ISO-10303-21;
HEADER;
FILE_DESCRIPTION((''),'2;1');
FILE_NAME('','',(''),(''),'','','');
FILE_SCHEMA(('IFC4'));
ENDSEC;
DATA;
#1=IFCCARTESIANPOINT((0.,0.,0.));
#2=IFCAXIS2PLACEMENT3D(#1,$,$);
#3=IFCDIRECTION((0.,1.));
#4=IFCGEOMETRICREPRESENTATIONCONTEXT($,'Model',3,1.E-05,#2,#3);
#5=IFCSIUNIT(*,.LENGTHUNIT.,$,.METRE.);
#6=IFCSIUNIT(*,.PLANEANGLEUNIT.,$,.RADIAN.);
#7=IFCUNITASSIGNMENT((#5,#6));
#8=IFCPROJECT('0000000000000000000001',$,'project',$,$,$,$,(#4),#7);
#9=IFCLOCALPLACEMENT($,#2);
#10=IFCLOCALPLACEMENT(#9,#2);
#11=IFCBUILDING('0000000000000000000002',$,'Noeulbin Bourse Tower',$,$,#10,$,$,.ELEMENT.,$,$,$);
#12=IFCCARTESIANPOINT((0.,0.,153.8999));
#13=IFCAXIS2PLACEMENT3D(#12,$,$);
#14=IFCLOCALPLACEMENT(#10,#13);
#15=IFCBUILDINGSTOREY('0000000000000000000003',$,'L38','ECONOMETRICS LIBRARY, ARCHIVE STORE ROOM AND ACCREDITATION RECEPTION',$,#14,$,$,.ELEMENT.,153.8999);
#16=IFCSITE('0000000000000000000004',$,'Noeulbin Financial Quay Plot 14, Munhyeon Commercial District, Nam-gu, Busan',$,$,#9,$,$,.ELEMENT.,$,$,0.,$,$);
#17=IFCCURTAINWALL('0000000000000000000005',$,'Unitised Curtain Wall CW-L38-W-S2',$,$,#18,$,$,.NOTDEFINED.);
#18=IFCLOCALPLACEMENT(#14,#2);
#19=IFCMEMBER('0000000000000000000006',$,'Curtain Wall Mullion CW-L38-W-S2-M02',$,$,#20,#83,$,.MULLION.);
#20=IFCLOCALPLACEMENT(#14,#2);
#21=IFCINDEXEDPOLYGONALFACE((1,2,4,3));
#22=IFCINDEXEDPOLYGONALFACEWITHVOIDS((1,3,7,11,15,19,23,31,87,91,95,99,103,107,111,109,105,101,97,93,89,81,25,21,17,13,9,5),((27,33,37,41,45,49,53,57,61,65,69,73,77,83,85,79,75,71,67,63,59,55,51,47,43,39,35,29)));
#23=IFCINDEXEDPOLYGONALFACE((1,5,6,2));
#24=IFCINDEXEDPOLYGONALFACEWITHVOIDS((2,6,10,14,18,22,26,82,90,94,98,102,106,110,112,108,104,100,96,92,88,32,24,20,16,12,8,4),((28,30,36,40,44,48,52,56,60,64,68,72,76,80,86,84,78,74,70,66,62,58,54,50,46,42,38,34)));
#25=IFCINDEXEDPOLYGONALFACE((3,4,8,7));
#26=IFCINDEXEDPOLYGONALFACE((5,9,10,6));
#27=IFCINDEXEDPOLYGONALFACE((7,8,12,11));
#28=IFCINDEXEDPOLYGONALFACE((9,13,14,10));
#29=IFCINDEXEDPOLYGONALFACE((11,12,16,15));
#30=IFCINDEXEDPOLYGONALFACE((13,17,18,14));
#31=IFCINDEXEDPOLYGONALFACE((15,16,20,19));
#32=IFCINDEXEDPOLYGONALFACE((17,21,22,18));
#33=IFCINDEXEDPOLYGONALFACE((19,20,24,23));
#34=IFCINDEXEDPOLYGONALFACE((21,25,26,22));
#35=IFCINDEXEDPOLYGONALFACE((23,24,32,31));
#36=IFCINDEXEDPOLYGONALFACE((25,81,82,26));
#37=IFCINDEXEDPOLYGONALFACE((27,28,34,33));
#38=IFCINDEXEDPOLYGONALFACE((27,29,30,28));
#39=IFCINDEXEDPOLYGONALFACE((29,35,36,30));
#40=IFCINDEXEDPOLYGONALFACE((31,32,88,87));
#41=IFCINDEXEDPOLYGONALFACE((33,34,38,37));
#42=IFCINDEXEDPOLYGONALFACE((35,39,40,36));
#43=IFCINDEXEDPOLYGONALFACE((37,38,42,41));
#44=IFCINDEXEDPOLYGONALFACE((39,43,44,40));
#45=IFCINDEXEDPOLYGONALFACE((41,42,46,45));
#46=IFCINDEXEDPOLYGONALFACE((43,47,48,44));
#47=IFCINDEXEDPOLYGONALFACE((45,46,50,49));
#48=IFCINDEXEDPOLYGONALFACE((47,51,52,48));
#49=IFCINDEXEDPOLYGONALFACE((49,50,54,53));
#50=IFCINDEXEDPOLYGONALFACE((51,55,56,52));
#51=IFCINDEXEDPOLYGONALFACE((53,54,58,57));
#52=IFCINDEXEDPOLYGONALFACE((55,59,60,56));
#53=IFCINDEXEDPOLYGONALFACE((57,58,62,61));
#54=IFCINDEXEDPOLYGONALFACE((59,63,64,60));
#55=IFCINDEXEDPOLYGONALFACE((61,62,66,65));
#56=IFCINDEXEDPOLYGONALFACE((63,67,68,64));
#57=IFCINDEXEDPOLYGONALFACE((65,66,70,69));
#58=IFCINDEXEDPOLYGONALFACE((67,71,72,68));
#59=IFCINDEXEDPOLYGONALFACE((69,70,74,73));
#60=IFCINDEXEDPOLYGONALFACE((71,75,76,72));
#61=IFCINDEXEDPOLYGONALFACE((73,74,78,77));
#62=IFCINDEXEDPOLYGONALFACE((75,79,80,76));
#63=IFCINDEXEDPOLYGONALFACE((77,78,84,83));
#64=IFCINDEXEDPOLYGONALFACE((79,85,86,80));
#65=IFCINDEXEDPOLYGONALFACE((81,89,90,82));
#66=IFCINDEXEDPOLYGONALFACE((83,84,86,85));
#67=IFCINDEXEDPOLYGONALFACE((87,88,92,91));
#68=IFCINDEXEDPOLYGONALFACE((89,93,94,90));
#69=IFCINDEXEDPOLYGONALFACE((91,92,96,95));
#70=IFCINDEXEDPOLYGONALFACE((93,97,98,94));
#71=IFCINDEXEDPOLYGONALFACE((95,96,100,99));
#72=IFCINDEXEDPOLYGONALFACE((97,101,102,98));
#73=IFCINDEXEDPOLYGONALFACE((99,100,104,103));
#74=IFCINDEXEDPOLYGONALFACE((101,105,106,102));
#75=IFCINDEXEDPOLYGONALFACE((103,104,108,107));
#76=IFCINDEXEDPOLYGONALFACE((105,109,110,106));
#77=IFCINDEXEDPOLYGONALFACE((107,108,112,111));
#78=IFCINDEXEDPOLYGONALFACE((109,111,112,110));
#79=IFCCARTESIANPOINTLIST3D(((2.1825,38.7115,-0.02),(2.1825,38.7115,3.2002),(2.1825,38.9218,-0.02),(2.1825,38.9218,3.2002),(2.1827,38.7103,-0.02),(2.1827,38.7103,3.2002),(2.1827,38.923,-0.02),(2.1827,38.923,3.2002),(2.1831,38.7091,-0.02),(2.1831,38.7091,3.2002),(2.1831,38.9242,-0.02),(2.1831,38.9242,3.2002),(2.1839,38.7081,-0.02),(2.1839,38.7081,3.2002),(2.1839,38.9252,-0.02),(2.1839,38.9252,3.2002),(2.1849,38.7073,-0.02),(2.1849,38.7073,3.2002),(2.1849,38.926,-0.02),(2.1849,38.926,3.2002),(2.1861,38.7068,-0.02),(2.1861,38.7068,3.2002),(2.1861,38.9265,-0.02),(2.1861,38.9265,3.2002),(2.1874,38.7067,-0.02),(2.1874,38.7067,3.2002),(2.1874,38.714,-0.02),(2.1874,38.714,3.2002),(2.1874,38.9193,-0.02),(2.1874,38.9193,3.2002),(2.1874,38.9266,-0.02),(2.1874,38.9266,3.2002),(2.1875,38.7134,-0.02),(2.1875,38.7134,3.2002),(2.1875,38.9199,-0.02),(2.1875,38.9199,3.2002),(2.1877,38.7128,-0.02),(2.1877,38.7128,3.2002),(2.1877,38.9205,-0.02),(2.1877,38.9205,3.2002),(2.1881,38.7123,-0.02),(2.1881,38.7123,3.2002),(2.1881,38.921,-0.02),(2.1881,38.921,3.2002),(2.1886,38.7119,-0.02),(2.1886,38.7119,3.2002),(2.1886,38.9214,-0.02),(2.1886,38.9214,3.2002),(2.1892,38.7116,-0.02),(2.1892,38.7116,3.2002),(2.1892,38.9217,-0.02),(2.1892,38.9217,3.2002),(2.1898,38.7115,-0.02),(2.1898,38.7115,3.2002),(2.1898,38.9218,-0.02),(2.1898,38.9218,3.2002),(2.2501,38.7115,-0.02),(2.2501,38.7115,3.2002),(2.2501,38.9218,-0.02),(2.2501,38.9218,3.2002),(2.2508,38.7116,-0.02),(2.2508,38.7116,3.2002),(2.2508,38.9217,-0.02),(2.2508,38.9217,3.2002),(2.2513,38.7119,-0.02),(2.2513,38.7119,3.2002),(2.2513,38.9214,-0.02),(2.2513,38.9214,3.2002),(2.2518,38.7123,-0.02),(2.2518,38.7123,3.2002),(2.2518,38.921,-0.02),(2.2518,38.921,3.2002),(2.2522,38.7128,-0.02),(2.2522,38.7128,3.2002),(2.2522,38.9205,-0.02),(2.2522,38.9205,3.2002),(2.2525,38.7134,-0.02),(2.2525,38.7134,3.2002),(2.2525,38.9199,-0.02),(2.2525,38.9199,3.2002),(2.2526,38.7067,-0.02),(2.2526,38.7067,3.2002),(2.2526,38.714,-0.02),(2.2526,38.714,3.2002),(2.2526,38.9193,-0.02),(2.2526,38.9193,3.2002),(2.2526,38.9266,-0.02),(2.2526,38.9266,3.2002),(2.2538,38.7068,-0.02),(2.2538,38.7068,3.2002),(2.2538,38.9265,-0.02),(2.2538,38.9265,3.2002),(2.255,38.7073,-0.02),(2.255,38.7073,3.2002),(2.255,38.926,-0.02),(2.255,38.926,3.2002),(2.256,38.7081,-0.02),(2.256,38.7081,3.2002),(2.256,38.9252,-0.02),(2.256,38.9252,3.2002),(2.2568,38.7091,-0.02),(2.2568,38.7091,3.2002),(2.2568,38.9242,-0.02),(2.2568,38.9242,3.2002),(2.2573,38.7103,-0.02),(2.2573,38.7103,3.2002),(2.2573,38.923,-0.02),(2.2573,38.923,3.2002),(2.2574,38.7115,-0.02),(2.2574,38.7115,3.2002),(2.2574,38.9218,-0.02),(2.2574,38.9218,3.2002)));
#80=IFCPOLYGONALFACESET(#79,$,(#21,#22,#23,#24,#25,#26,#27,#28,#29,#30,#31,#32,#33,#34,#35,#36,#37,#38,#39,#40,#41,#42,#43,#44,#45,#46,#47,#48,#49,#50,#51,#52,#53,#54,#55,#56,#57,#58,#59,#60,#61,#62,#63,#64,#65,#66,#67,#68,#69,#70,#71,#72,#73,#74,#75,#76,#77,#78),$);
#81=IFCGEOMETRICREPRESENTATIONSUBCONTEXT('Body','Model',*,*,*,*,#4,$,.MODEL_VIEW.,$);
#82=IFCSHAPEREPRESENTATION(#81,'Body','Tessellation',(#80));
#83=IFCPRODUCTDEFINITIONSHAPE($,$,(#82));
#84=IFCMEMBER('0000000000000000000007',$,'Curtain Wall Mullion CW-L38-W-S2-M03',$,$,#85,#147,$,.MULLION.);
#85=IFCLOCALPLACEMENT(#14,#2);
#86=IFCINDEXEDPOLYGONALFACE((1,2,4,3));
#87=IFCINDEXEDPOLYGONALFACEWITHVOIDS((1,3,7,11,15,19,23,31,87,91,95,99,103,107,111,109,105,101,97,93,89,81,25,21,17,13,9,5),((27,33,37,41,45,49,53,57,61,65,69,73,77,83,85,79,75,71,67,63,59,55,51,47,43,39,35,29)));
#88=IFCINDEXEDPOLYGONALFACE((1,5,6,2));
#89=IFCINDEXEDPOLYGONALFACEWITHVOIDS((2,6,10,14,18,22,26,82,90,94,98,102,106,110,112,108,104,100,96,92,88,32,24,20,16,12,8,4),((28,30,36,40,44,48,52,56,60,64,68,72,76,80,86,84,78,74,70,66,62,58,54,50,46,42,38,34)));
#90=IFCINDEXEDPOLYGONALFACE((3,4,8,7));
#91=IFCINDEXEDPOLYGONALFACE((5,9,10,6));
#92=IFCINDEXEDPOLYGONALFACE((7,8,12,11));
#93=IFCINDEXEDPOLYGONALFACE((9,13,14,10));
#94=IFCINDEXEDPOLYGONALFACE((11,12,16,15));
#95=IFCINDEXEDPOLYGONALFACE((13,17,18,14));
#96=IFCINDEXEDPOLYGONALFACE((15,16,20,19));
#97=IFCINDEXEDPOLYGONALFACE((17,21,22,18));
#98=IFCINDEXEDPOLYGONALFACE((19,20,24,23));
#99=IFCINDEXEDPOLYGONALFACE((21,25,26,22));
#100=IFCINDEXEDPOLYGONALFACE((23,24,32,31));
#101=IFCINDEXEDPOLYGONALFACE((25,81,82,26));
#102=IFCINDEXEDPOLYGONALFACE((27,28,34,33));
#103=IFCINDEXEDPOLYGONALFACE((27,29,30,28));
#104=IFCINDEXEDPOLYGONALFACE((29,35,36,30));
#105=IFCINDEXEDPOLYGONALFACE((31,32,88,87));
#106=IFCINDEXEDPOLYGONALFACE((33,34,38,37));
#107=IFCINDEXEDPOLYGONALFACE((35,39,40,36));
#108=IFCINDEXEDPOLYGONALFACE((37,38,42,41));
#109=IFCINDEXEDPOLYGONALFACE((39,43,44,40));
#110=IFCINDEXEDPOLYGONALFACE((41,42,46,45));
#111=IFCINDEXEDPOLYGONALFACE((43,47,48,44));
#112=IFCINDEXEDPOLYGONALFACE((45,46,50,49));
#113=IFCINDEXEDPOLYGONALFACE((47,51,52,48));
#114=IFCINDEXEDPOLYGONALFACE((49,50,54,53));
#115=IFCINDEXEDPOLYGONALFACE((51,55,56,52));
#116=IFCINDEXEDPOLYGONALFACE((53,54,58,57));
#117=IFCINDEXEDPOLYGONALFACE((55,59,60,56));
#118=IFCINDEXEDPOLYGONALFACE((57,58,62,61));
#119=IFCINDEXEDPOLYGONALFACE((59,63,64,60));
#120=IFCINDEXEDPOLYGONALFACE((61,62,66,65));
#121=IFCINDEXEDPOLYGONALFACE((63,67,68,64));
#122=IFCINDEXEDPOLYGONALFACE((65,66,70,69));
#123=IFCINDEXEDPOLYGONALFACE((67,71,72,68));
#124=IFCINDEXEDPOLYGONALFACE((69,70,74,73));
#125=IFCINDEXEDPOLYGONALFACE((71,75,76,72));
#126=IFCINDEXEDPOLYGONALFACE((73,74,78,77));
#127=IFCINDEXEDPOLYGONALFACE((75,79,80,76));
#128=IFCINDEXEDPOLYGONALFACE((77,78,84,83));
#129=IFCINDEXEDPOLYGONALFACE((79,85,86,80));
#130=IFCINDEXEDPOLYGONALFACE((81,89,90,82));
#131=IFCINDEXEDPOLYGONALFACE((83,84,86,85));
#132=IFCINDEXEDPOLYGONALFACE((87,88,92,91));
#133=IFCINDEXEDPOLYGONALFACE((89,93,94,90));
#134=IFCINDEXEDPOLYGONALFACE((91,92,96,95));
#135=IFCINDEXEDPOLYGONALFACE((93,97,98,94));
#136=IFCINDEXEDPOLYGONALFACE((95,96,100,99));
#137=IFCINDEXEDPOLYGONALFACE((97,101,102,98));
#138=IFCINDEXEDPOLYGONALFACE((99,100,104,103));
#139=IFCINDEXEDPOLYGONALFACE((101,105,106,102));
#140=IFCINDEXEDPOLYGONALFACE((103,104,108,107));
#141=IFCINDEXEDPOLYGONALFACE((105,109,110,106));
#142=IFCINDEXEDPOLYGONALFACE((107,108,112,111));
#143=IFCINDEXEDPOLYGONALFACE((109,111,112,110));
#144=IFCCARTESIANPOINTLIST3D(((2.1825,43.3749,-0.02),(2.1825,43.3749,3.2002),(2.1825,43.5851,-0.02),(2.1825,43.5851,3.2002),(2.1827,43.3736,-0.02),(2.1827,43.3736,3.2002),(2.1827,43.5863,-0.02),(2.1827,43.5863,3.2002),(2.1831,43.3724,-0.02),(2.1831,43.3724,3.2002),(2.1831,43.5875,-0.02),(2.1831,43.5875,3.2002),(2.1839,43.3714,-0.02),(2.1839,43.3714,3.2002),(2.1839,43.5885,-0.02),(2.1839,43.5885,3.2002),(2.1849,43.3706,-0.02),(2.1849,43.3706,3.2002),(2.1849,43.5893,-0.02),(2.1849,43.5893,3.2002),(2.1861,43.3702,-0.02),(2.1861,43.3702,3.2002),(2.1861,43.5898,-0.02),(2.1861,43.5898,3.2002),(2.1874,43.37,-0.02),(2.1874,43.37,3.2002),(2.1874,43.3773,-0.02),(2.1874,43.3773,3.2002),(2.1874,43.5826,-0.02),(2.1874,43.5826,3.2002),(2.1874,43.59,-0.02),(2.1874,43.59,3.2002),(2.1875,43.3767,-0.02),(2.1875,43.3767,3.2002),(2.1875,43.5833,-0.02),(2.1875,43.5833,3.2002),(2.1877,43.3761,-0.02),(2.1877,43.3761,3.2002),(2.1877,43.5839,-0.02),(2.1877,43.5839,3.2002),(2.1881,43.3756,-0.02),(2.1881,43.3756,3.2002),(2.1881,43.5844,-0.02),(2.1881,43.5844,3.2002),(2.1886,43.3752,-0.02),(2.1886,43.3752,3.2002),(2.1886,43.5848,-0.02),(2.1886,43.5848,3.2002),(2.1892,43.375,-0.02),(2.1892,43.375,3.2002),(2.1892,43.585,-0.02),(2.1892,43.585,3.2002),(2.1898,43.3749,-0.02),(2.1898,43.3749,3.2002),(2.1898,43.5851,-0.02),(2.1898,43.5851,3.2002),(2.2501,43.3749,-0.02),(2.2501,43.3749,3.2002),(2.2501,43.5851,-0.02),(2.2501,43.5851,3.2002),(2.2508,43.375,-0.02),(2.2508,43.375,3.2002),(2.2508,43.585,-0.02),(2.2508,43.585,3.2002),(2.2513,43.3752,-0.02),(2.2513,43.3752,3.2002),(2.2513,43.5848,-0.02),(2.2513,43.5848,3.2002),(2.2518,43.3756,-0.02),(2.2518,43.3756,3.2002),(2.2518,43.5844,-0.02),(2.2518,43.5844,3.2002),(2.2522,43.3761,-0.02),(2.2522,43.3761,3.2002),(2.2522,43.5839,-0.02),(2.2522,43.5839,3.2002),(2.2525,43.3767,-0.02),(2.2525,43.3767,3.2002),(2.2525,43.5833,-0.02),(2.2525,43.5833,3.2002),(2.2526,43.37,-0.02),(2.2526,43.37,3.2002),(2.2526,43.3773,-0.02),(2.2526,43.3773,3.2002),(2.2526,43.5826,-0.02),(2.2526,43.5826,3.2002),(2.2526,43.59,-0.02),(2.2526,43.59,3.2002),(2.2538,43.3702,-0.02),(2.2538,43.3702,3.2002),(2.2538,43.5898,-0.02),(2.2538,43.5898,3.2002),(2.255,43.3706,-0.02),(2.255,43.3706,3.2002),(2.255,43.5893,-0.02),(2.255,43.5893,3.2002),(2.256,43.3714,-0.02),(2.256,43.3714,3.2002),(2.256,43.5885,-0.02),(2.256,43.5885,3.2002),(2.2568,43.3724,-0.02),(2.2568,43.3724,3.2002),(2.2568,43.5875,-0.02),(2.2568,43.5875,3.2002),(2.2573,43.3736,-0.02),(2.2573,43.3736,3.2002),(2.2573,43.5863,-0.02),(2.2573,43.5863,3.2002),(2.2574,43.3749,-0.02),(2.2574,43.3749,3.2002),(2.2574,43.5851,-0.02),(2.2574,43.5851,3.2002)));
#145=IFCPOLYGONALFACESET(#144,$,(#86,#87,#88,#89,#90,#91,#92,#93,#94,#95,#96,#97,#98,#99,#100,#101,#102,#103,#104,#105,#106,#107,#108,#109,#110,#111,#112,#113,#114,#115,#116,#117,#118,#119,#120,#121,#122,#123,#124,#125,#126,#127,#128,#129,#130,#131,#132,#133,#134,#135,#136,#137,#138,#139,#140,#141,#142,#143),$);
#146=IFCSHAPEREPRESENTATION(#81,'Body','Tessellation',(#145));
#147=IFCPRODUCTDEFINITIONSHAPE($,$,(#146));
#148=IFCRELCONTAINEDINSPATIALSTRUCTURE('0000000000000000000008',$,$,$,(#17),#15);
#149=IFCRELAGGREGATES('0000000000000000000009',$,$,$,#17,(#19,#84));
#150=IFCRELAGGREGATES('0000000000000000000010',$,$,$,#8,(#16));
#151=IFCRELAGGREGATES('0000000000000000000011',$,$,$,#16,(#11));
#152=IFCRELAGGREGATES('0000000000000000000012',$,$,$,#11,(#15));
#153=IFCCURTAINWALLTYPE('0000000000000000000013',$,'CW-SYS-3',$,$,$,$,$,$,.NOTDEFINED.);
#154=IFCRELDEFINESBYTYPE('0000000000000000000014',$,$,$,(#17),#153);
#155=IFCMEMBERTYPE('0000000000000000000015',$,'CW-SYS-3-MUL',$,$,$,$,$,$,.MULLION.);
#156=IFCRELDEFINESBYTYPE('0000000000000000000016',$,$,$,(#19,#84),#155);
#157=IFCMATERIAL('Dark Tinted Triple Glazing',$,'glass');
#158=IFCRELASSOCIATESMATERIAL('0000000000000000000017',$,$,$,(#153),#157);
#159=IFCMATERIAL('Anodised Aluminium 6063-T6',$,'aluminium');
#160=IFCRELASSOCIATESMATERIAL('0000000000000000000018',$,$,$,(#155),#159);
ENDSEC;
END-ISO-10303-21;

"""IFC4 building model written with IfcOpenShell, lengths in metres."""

from ifc_helpers import new_model, si_unit, direction, frame, origin, origin_2d, place, context, subcontext, project, spatial, hollow_rectangle, extrude, material, material_profile, profile_set, type_object, element, aggregate, save


model = new_model("IFC4")

# Units and contexts
model_context = context("Model", 3, precision=1e-05, world=origin(), true_north=direction((0.0, 1.0)))
body_context = subcontext(model_context, "Body", "Model", "MODEL_VIEW")
ifc_project = project(units=[si_unit("LENGTHUNIT", "METRE"), si_unit("PLANEANGLEUNIT", "RADIAN")], contexts=[model_context])

# Site, building, storey
site_placement = place(None, origin())
site = spatial("IfcSite", under=ifc_project, at=site_placement, Name="Noeulbin Financial Quay Plot 14, Munhyeon Commercial District, Nam-gu, Busan", CompositionType="ELEMENT", RefElevation=0.0)
building_placement = place(site_placement, origin())
building = spatial("IfcBuilding", under=site, at=building_placement, Name="Noeulbin Bourse Tower", CompositionType="ELEMENT")
storey_placement = place(building_placement, frame((0.0, 0.0, 153.8999)))
storey = spatial("IfcBuildingStorey", under=building, at=storey_placement, Name="L38", Description="ECONOMETRICS LIBRARY, ARCHIVE STORE ROOM AND ACCREDITATION RECEPTION", CompositionType="ELEMENT", Elevation=153.8999)

# Shared definitions
ifc_material_1 = material(Name="Dark Tinted Triple Glazing", Category="glass")
curtain_wall_type = type_object("IfcCurtainWallType", Name="CW-SYS-3", PredefinedType="NOTDEFINED", material=ifc_material_1)
ifc_material_2 = material(Name="Anodised Aluminium 6063-T6", Category="aluminium")
ifc_material_profile_1 = material_profile(ifc_material_2, hollow_rectangle(XDim=0.075, YDim=0.22, WallThickness=0.0049, InnerFilletRadius=0.0024, OuterFilletRadius=0.0049, at=origin_2d()), Name="ALU-MULL-75x220x5", Category="LoadBearing")
ifc_profile_set_1 = profile_set([ifc_material_profile_1], Name="Anodised Aluminium 6063-T6")
member_type_1 = type_object("IfcMemberType", Name="CW-SYS-3-MUL", PredefinedType="MULLION", material=ifc_profile_set_1)

# Curtain wall, members
curtain_wall_1_placement = place(storey_placement, origin())
curtain_wall_1 = element("IfcCurtainWall", 1, at=curtain_wall_1_placement, inside=storey, type_object=curtain_wall_type, Name="Unitised Curtain Wall CW-L38-W-S2", PredefinedType="NOTDEFINED")
member_1_placement = place(storey_placement, frame((2.22, 38.8167, -0.02), z_axis=(0.0, 0.0, 1.0), x_axis=(1.0, 0.0, 0.0)))
member_1 = element("IfcMember", 2, at=member_1_placement, type_object=member_type_1, Name="Curtain Wall Mullion CW-L38-W-S2-M02", PredefinedType="MULLION", context=body_context, shape_type="SweptSolid", body=[
    extrude(hollow_rectangle(XDim=0.075, YDim=0.22, WallThickness=0.0049, InnerFilletRadius=0.0024, OuterFilletRadius=0.0049, at=origin_2d()), origin(), (0.0, 0.0, 1.0), 3.2202),
])
member_2_placement = place(storey_placement, frame((2.22, 43.48, -0.02), z_axis=(0.0, 0.0, 1.0), x_axis=(1.0, 0.0, 0.0)))
member_2 = element("IfcMember", 3, at=member_2_placement, type_object=member_type_1, Name="Curtain Wall Mullion CW-L38-W-S2-M03", PredefinedType="MULLION", context=body_context, shape_type="SweptSolid", body=[
    extrude(hollow_rectangle(XDim=0.075, YDim=0.22, WallThickness=0.0049, InnerFilletRadius=0.0024, OuterFilletRadius=0.0049, at=origin_2d()), origin(), (0.0, 0.0, 1.0), 3.2202),
])

aggregate(curtain_wall_1, [member_1, member_2])

save(model, "model.ifc")
